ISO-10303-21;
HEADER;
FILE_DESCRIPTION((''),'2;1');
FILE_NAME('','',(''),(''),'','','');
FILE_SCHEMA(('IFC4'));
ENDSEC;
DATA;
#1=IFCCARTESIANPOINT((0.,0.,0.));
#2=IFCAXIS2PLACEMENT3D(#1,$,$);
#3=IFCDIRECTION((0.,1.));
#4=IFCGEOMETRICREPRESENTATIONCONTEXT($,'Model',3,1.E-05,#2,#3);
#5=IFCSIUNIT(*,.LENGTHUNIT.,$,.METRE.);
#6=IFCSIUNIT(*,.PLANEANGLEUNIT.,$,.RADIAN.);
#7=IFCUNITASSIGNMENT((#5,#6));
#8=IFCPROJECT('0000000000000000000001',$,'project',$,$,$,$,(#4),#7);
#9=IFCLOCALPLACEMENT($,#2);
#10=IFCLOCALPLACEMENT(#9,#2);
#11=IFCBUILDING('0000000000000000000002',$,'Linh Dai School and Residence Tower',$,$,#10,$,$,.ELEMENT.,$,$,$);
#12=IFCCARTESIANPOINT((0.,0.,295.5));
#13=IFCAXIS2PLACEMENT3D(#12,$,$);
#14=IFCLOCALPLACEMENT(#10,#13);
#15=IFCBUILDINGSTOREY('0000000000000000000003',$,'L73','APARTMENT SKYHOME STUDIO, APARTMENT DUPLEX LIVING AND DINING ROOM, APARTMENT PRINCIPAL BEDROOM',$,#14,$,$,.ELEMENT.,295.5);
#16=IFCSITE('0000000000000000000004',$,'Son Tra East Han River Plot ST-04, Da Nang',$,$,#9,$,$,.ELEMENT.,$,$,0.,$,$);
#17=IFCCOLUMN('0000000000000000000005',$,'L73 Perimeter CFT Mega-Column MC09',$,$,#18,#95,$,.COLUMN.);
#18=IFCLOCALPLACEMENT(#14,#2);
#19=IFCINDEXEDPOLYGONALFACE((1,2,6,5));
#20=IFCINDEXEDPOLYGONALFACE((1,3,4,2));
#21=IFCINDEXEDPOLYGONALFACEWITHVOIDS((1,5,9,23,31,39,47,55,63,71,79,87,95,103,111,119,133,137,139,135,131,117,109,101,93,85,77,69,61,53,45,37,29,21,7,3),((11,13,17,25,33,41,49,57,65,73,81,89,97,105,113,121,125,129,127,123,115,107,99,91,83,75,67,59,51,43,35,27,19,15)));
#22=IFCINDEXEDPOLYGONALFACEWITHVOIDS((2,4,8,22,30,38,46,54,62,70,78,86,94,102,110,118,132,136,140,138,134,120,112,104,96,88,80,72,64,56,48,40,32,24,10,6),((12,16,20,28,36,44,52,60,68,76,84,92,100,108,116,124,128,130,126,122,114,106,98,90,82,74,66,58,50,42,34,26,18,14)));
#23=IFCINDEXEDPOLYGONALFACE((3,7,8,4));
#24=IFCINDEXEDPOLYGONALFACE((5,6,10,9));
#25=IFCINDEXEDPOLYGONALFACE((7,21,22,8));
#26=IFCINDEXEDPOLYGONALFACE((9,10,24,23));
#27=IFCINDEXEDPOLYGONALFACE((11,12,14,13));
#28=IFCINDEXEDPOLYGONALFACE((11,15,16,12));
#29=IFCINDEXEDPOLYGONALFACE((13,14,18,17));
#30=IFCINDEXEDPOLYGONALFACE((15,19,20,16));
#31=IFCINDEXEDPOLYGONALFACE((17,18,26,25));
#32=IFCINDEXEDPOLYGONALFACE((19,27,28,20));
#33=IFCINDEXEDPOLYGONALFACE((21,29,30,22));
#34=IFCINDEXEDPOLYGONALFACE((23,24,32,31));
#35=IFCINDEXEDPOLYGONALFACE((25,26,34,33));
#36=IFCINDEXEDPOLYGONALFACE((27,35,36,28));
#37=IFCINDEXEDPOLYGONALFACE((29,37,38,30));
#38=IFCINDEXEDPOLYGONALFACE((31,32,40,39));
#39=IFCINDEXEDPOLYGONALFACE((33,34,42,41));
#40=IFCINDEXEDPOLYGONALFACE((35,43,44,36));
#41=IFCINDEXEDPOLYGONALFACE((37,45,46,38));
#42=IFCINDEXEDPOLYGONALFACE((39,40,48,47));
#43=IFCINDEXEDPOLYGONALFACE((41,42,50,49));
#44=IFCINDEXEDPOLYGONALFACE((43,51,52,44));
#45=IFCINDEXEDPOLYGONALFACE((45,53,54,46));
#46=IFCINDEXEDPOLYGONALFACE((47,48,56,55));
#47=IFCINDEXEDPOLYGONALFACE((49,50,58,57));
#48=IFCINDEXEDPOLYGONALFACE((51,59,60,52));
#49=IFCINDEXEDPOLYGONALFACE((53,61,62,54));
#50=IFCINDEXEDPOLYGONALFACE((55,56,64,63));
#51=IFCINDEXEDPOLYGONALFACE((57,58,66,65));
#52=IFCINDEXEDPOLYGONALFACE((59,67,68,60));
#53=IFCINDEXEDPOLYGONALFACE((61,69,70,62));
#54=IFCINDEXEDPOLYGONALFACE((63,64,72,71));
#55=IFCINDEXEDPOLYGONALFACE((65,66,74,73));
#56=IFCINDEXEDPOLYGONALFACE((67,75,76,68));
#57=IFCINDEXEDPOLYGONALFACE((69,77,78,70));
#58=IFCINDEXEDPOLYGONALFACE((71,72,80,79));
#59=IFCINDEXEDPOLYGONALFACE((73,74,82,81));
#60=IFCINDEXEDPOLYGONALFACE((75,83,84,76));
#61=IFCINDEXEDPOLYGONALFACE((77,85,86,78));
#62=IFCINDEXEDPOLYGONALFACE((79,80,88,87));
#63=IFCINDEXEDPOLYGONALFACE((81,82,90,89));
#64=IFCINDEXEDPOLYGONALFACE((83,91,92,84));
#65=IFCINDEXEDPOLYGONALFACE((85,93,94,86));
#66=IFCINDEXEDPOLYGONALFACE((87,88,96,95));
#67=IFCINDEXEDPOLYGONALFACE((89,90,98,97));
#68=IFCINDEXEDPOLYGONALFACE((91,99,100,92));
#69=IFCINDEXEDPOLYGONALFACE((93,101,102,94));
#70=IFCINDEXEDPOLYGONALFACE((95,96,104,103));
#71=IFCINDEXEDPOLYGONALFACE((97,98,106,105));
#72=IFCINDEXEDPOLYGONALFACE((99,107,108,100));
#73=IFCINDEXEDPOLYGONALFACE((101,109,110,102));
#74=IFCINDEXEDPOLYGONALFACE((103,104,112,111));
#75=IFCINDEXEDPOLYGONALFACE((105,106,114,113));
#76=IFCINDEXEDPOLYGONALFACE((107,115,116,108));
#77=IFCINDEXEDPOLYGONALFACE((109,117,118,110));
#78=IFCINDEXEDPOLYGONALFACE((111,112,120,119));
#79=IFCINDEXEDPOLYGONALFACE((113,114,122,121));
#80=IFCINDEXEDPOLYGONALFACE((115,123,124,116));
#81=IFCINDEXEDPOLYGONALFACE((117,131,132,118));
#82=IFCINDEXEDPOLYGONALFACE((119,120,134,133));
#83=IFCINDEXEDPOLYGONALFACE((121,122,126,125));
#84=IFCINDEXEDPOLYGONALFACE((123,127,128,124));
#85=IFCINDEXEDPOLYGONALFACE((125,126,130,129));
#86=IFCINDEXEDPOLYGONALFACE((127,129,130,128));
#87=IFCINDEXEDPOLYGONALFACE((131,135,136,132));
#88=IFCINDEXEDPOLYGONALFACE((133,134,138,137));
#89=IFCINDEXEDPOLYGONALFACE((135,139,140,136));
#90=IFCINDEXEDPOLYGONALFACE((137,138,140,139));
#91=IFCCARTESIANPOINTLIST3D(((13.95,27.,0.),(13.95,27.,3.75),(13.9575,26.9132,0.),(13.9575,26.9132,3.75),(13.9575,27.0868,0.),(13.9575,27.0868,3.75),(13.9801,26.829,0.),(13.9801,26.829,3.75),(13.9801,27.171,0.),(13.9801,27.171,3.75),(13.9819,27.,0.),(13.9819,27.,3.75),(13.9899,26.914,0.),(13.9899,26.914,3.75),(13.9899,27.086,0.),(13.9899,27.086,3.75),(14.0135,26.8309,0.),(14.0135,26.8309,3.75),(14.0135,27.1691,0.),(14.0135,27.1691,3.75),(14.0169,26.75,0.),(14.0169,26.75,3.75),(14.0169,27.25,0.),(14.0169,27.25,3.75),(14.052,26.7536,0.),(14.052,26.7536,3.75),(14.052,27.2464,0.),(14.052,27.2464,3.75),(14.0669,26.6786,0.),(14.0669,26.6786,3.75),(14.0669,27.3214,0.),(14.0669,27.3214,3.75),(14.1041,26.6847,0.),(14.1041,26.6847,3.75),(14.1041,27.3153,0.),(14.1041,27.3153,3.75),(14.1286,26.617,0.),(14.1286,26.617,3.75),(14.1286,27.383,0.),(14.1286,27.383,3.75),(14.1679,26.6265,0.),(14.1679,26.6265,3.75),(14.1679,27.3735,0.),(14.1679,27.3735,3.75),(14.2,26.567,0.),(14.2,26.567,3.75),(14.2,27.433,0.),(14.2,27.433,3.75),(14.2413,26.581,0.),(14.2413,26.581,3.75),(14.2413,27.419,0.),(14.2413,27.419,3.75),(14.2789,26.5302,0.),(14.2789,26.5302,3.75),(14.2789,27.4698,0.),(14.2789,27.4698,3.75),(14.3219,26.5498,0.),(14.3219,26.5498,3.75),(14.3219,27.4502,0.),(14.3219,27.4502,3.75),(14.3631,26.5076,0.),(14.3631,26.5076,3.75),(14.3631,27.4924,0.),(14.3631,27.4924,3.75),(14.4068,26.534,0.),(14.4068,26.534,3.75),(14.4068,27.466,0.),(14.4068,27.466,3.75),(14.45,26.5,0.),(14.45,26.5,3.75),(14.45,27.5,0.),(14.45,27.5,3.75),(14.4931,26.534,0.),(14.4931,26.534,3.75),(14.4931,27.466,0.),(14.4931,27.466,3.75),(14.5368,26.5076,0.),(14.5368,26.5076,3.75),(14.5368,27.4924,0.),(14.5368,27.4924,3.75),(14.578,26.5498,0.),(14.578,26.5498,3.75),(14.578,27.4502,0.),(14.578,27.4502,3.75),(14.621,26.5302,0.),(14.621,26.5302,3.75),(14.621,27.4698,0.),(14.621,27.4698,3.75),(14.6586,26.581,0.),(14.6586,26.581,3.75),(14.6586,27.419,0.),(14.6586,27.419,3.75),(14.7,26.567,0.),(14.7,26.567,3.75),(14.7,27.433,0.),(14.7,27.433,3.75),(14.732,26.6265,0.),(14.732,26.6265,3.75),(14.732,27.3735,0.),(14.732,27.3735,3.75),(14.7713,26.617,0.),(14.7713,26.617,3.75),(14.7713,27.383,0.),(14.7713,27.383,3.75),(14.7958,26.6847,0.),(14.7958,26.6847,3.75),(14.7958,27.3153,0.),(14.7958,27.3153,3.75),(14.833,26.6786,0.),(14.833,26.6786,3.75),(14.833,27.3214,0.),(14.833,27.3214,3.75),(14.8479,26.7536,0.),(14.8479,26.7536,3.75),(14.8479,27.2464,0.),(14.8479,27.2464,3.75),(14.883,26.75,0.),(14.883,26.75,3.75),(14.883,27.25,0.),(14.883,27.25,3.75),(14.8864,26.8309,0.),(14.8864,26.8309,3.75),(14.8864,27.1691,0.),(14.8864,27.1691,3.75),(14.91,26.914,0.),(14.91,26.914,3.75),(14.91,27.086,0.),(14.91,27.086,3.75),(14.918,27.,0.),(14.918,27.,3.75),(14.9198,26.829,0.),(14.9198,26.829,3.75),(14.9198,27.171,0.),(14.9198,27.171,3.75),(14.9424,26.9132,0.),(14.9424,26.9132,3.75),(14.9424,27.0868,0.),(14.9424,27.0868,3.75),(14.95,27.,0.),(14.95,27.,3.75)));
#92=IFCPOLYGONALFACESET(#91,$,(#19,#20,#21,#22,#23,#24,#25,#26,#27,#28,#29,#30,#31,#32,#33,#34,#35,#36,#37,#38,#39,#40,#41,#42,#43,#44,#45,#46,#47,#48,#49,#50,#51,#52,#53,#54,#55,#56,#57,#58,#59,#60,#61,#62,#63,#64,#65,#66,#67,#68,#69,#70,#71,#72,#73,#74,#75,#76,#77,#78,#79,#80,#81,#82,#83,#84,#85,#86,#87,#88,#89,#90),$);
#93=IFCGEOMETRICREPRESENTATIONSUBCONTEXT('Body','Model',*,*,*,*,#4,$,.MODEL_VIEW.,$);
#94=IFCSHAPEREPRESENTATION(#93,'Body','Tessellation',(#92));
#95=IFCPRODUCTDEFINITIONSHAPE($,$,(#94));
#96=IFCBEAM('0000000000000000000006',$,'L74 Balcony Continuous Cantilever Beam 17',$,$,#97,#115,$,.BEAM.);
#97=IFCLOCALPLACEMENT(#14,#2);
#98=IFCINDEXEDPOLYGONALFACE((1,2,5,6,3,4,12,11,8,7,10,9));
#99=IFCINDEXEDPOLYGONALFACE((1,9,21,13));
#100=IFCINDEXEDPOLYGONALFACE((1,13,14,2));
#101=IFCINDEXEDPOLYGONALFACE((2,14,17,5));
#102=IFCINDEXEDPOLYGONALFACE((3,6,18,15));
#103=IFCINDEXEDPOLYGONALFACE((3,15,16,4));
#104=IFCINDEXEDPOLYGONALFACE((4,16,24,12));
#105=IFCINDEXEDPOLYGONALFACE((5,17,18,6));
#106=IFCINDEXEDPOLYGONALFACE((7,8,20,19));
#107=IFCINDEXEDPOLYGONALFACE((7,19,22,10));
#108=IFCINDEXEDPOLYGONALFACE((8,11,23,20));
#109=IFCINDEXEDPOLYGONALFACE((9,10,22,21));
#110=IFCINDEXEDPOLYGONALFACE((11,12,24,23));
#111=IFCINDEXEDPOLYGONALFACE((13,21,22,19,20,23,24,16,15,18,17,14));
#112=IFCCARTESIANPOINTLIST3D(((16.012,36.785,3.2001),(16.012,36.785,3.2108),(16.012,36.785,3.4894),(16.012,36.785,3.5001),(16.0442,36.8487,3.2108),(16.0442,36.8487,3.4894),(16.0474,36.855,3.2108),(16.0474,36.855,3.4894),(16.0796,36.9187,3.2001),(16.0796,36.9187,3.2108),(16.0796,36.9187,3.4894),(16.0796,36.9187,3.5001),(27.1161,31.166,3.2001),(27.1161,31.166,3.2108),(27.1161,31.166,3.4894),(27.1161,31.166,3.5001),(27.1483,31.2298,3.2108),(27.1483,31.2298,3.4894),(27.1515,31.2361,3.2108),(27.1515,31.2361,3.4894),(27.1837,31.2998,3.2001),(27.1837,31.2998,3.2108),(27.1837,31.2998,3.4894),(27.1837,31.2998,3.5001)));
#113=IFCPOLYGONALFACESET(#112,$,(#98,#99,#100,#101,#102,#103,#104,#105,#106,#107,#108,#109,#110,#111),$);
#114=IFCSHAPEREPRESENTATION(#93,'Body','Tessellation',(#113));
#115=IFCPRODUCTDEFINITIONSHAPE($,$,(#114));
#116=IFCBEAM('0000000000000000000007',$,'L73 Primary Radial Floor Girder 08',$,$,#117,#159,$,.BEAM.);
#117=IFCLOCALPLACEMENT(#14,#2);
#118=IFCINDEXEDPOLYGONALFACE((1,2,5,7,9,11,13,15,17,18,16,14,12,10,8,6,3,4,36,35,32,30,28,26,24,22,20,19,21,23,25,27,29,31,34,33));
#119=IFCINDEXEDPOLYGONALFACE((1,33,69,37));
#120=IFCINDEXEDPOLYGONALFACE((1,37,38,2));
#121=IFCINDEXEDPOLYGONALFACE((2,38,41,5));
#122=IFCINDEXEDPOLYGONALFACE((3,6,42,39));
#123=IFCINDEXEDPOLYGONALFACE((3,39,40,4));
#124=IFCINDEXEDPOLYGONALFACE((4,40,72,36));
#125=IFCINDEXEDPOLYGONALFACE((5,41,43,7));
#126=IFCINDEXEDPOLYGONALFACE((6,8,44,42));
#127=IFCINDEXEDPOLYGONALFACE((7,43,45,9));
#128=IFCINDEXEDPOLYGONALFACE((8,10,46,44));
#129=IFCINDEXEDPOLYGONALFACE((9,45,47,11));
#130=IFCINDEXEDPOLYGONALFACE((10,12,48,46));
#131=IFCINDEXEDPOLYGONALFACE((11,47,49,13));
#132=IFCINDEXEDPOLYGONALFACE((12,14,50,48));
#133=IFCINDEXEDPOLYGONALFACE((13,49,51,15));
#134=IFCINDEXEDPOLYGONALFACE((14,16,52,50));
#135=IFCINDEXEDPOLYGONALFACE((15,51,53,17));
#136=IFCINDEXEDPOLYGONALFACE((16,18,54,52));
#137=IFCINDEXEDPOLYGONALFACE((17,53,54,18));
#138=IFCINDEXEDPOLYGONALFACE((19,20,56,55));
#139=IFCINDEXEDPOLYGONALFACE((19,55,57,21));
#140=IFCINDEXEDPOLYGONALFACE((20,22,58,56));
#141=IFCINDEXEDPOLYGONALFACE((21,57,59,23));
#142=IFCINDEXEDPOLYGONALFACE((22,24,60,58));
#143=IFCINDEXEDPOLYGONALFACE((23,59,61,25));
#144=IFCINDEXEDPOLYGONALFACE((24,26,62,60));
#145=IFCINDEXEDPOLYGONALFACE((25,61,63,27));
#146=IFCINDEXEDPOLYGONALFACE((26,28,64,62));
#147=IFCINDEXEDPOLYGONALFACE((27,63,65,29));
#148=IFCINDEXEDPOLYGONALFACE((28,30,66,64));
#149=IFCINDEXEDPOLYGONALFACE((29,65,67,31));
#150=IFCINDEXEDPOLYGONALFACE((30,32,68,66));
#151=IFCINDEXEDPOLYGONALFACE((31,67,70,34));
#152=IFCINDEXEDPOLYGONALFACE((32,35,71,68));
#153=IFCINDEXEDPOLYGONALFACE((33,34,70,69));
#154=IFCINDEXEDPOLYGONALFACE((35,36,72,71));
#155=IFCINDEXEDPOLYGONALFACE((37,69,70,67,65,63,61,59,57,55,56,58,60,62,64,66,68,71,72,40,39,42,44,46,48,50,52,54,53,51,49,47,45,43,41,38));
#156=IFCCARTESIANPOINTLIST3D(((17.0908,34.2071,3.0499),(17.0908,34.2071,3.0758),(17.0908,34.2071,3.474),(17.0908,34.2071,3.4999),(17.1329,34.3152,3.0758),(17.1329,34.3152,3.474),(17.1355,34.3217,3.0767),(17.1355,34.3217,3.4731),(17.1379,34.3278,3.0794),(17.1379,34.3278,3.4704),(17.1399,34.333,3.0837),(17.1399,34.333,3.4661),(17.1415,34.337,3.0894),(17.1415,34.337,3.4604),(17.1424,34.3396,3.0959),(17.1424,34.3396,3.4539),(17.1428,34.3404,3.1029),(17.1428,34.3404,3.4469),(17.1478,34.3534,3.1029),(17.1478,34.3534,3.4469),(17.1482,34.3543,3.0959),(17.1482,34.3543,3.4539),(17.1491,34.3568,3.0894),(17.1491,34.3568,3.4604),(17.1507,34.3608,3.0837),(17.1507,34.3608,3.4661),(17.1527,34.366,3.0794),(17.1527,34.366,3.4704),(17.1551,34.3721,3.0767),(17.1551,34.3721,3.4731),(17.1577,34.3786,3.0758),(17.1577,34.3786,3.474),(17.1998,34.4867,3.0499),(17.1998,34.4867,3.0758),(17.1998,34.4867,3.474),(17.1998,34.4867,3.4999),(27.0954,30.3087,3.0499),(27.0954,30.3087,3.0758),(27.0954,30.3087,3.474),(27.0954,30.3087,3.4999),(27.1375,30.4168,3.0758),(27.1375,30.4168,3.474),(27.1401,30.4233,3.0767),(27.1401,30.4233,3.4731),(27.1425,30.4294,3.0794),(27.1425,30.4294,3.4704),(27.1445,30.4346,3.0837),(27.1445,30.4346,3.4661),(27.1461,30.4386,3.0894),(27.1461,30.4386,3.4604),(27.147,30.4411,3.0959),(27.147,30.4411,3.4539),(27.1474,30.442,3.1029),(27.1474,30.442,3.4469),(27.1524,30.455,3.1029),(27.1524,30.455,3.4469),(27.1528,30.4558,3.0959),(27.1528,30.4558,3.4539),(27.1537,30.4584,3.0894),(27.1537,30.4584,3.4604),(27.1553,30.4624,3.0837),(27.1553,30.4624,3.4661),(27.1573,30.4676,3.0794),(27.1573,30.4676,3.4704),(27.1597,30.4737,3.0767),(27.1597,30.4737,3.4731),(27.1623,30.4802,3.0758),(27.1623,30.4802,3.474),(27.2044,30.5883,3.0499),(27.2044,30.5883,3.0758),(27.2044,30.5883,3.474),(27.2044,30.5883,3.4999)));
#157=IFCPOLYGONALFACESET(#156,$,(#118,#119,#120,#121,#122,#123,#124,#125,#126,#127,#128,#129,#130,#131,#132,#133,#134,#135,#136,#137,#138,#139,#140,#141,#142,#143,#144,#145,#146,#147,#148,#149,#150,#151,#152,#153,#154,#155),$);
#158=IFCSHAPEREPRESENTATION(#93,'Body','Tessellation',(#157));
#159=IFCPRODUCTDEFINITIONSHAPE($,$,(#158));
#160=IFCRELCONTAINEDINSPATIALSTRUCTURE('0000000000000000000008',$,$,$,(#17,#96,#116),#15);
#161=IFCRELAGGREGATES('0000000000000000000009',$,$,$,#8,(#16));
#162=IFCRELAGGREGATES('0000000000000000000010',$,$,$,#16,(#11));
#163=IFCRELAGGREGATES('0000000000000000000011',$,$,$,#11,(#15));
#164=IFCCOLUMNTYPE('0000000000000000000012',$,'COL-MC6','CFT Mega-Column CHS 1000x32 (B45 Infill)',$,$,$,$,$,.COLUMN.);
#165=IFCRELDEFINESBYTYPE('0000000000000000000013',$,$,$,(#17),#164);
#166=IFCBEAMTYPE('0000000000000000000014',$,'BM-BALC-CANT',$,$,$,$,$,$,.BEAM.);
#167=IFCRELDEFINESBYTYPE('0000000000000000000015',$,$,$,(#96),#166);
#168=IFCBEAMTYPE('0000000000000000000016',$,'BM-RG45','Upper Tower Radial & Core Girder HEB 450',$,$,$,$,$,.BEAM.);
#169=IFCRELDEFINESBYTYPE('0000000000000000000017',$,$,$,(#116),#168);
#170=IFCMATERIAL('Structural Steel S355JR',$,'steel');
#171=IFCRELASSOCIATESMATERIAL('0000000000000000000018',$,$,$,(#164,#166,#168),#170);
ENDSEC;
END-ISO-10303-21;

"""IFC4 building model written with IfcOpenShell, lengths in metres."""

from ifc_helpers import new_model, si_unit, direction, frame, origin, origin_2d, place, context, subcontext, project, spatial, hollow_circle, i_section, extrude, material, material_profile, profile_set, type_object, element, save


model = new_model("IFC4")

# Units and contexts
model_context = context("Model", 3, precision=1e-05, world=origin(), true_north=direction((0.0, 1.0)))
body_context = subcontext(model_context, "Body", "Model", "MODEL_VIEW")
ifc_project = project(units=[si_unit("LENGTHUNIT", "METRE"), si_unit("PLANEANGLEUNIT", "RADIAN")], contexts=[model_context])

# Site, building, storey
site_placement = place(None, origin())
site = spatial("IfcSite", under=ifc_project, at=site_placement, Name="Son Tra East Han River Plot ST-04, Da Nang", CompositionType="ELEMENT", RefElevation=0.0)
building_placement = place(site_placement, origin())
building = spatial("IfcBuilding", under=site, at=building_placement, Name="Linh Dai School and Residence Tower", CompositionType="ELEMENT")
storey_placement = place(building_placement, frame((0.0, 0.0, 295.5)))
storey = spatial("IfcBuildingStorey", under=building, at=storey_placement, Name="L73", Description="APARTMENT SKYHOME STUDIO, APARTMENT DUPLEX LIVING AND DINING ROOM, APARTMENT PRINCIPAL BEDROOM", CompositionType="ELEMENT", Elevation=295.5)

# Column
ifc_material_1 = material(Name="Structural Steel S355JR", Category="steel")
ifc_material_profile_1 = material_profile(ifc_material_1, hollow_circle(Radius=0.5, WallThickness=0.032, at=origin_2d()), Name="CHS 1000x32")
ifc_profile_set_1 = profile_set([ifc_material_profile_1], Name="Structural Steel S355JR")
column_type = type_object("IfcColumnType", Name="COL-MC6", Description="CFT Mega-Column CHS 1000x32 (B45 Infill)", PredefinedType="COLUMN", material=ifc_profile_set_1)
column_placement = place(storey_placement, frame((14.45, 27.0, 0.0), z_axis=(0.0, 0.0, 1.0), x_axis=(1.0, 0.0, 0.0)))
element("IfcColumn", 1, at=column_placement, inside=storey, type_object=column_type, Name="L73 Perimeter CFT Mega-Column MC09", PredefinedType="COLUMN", context=body_context, shape_type="SweptSolid", body=[
    extrude(hollow_circle(Radius=0.5, WallThickness=0.032, at=origin_2d()), origin(), (0.0, 0.0, 1.0), 3.75),
])

# Beams
ifc_material_profile_2 = material_profile(ifc_material_1, i_section(OverallWidth=0.1499, OverallDepth=0.3, WebThickness=0.0071, FlangeThickness=0.0107, at=origin_2d()), Name="IPE 300")
ifc_profile_set_2 = profile_set([ifc_material_profile_2], Name="Structural Steel S355JR")
beam_type_1 = type_object("IfcBeamType", Name="BM-BALC-CANT", PredefinedType="BEAM", material=ifc_profile_set_2)
beam_1_placement = place(storey_placement, frame((27.1499, 31.2329, 3.3501), z_axis=(-0.892267, 0.451509, 0.0), x_axis=(-0.451509, -0.892267, 0.0)))
element("IfcBeam", 2, at=beam_1_placement, inside=storey, type_object=beam_type_1, Name="L74 Balcony Continuous Cantilever Beam 17", PredefinedType="BEAM", context=body_context, shape_type="SweptSolid", body=[
    extrude(i_section(OverallWidth=0.1499, OverallDepth=0.3, WebThickness=0.0071, FlangeThickness=0.0107, at=origin_2d()), origin(), (0.0, 0.0, 1.0), 12.4448),
])
ifc_material_profile_3 = material_profile(ifc_material_1, i_section(OverallWidth=0.3, OverallDepth=0.45, WebThickness=0.0139, FlangeThickness=0.0259, FilletRadius=0.0271, at=origin_2d()), Name="HEB 450")
ifc_profile_set_3 = profile_set([ifc_material_profile_3], Name="Structural Steel S355JR")
beam_type_2 = type_object("IfcBeamType", Name="BM-RG45", Description="Upper Tower Radial & Core Girder HEB 450", PredefinedType="BEAM", material=ifc_profile_set_3)
beam_2_placement = place(storey_placement, frame((27.1499, 30.4485, 3.2749), z_axis=(-0.931761, 0.363073, 0.0), x_axis=(-0.363073, -0.931761, 0.0)))
element("IfcBeam", 3, at=beam_2_placement, inside=storey, type_object=beam_type_2, Name="L73 Primary Radial Floor Girder 08", PredefinedType="BEAM", context=body_context, shape_type="SweptSolid", body=[
    extrude(i_section(OverallWidth=0.3, OverallDepth=0.45, WebThickness=0.0139, FlangeThickness=0.0259, FilletRadius=0.0271, at=origin_2d()), origin(), (0.0, 0.0, 1.0), 10.7373),
])

save(model, "model.ifc")
